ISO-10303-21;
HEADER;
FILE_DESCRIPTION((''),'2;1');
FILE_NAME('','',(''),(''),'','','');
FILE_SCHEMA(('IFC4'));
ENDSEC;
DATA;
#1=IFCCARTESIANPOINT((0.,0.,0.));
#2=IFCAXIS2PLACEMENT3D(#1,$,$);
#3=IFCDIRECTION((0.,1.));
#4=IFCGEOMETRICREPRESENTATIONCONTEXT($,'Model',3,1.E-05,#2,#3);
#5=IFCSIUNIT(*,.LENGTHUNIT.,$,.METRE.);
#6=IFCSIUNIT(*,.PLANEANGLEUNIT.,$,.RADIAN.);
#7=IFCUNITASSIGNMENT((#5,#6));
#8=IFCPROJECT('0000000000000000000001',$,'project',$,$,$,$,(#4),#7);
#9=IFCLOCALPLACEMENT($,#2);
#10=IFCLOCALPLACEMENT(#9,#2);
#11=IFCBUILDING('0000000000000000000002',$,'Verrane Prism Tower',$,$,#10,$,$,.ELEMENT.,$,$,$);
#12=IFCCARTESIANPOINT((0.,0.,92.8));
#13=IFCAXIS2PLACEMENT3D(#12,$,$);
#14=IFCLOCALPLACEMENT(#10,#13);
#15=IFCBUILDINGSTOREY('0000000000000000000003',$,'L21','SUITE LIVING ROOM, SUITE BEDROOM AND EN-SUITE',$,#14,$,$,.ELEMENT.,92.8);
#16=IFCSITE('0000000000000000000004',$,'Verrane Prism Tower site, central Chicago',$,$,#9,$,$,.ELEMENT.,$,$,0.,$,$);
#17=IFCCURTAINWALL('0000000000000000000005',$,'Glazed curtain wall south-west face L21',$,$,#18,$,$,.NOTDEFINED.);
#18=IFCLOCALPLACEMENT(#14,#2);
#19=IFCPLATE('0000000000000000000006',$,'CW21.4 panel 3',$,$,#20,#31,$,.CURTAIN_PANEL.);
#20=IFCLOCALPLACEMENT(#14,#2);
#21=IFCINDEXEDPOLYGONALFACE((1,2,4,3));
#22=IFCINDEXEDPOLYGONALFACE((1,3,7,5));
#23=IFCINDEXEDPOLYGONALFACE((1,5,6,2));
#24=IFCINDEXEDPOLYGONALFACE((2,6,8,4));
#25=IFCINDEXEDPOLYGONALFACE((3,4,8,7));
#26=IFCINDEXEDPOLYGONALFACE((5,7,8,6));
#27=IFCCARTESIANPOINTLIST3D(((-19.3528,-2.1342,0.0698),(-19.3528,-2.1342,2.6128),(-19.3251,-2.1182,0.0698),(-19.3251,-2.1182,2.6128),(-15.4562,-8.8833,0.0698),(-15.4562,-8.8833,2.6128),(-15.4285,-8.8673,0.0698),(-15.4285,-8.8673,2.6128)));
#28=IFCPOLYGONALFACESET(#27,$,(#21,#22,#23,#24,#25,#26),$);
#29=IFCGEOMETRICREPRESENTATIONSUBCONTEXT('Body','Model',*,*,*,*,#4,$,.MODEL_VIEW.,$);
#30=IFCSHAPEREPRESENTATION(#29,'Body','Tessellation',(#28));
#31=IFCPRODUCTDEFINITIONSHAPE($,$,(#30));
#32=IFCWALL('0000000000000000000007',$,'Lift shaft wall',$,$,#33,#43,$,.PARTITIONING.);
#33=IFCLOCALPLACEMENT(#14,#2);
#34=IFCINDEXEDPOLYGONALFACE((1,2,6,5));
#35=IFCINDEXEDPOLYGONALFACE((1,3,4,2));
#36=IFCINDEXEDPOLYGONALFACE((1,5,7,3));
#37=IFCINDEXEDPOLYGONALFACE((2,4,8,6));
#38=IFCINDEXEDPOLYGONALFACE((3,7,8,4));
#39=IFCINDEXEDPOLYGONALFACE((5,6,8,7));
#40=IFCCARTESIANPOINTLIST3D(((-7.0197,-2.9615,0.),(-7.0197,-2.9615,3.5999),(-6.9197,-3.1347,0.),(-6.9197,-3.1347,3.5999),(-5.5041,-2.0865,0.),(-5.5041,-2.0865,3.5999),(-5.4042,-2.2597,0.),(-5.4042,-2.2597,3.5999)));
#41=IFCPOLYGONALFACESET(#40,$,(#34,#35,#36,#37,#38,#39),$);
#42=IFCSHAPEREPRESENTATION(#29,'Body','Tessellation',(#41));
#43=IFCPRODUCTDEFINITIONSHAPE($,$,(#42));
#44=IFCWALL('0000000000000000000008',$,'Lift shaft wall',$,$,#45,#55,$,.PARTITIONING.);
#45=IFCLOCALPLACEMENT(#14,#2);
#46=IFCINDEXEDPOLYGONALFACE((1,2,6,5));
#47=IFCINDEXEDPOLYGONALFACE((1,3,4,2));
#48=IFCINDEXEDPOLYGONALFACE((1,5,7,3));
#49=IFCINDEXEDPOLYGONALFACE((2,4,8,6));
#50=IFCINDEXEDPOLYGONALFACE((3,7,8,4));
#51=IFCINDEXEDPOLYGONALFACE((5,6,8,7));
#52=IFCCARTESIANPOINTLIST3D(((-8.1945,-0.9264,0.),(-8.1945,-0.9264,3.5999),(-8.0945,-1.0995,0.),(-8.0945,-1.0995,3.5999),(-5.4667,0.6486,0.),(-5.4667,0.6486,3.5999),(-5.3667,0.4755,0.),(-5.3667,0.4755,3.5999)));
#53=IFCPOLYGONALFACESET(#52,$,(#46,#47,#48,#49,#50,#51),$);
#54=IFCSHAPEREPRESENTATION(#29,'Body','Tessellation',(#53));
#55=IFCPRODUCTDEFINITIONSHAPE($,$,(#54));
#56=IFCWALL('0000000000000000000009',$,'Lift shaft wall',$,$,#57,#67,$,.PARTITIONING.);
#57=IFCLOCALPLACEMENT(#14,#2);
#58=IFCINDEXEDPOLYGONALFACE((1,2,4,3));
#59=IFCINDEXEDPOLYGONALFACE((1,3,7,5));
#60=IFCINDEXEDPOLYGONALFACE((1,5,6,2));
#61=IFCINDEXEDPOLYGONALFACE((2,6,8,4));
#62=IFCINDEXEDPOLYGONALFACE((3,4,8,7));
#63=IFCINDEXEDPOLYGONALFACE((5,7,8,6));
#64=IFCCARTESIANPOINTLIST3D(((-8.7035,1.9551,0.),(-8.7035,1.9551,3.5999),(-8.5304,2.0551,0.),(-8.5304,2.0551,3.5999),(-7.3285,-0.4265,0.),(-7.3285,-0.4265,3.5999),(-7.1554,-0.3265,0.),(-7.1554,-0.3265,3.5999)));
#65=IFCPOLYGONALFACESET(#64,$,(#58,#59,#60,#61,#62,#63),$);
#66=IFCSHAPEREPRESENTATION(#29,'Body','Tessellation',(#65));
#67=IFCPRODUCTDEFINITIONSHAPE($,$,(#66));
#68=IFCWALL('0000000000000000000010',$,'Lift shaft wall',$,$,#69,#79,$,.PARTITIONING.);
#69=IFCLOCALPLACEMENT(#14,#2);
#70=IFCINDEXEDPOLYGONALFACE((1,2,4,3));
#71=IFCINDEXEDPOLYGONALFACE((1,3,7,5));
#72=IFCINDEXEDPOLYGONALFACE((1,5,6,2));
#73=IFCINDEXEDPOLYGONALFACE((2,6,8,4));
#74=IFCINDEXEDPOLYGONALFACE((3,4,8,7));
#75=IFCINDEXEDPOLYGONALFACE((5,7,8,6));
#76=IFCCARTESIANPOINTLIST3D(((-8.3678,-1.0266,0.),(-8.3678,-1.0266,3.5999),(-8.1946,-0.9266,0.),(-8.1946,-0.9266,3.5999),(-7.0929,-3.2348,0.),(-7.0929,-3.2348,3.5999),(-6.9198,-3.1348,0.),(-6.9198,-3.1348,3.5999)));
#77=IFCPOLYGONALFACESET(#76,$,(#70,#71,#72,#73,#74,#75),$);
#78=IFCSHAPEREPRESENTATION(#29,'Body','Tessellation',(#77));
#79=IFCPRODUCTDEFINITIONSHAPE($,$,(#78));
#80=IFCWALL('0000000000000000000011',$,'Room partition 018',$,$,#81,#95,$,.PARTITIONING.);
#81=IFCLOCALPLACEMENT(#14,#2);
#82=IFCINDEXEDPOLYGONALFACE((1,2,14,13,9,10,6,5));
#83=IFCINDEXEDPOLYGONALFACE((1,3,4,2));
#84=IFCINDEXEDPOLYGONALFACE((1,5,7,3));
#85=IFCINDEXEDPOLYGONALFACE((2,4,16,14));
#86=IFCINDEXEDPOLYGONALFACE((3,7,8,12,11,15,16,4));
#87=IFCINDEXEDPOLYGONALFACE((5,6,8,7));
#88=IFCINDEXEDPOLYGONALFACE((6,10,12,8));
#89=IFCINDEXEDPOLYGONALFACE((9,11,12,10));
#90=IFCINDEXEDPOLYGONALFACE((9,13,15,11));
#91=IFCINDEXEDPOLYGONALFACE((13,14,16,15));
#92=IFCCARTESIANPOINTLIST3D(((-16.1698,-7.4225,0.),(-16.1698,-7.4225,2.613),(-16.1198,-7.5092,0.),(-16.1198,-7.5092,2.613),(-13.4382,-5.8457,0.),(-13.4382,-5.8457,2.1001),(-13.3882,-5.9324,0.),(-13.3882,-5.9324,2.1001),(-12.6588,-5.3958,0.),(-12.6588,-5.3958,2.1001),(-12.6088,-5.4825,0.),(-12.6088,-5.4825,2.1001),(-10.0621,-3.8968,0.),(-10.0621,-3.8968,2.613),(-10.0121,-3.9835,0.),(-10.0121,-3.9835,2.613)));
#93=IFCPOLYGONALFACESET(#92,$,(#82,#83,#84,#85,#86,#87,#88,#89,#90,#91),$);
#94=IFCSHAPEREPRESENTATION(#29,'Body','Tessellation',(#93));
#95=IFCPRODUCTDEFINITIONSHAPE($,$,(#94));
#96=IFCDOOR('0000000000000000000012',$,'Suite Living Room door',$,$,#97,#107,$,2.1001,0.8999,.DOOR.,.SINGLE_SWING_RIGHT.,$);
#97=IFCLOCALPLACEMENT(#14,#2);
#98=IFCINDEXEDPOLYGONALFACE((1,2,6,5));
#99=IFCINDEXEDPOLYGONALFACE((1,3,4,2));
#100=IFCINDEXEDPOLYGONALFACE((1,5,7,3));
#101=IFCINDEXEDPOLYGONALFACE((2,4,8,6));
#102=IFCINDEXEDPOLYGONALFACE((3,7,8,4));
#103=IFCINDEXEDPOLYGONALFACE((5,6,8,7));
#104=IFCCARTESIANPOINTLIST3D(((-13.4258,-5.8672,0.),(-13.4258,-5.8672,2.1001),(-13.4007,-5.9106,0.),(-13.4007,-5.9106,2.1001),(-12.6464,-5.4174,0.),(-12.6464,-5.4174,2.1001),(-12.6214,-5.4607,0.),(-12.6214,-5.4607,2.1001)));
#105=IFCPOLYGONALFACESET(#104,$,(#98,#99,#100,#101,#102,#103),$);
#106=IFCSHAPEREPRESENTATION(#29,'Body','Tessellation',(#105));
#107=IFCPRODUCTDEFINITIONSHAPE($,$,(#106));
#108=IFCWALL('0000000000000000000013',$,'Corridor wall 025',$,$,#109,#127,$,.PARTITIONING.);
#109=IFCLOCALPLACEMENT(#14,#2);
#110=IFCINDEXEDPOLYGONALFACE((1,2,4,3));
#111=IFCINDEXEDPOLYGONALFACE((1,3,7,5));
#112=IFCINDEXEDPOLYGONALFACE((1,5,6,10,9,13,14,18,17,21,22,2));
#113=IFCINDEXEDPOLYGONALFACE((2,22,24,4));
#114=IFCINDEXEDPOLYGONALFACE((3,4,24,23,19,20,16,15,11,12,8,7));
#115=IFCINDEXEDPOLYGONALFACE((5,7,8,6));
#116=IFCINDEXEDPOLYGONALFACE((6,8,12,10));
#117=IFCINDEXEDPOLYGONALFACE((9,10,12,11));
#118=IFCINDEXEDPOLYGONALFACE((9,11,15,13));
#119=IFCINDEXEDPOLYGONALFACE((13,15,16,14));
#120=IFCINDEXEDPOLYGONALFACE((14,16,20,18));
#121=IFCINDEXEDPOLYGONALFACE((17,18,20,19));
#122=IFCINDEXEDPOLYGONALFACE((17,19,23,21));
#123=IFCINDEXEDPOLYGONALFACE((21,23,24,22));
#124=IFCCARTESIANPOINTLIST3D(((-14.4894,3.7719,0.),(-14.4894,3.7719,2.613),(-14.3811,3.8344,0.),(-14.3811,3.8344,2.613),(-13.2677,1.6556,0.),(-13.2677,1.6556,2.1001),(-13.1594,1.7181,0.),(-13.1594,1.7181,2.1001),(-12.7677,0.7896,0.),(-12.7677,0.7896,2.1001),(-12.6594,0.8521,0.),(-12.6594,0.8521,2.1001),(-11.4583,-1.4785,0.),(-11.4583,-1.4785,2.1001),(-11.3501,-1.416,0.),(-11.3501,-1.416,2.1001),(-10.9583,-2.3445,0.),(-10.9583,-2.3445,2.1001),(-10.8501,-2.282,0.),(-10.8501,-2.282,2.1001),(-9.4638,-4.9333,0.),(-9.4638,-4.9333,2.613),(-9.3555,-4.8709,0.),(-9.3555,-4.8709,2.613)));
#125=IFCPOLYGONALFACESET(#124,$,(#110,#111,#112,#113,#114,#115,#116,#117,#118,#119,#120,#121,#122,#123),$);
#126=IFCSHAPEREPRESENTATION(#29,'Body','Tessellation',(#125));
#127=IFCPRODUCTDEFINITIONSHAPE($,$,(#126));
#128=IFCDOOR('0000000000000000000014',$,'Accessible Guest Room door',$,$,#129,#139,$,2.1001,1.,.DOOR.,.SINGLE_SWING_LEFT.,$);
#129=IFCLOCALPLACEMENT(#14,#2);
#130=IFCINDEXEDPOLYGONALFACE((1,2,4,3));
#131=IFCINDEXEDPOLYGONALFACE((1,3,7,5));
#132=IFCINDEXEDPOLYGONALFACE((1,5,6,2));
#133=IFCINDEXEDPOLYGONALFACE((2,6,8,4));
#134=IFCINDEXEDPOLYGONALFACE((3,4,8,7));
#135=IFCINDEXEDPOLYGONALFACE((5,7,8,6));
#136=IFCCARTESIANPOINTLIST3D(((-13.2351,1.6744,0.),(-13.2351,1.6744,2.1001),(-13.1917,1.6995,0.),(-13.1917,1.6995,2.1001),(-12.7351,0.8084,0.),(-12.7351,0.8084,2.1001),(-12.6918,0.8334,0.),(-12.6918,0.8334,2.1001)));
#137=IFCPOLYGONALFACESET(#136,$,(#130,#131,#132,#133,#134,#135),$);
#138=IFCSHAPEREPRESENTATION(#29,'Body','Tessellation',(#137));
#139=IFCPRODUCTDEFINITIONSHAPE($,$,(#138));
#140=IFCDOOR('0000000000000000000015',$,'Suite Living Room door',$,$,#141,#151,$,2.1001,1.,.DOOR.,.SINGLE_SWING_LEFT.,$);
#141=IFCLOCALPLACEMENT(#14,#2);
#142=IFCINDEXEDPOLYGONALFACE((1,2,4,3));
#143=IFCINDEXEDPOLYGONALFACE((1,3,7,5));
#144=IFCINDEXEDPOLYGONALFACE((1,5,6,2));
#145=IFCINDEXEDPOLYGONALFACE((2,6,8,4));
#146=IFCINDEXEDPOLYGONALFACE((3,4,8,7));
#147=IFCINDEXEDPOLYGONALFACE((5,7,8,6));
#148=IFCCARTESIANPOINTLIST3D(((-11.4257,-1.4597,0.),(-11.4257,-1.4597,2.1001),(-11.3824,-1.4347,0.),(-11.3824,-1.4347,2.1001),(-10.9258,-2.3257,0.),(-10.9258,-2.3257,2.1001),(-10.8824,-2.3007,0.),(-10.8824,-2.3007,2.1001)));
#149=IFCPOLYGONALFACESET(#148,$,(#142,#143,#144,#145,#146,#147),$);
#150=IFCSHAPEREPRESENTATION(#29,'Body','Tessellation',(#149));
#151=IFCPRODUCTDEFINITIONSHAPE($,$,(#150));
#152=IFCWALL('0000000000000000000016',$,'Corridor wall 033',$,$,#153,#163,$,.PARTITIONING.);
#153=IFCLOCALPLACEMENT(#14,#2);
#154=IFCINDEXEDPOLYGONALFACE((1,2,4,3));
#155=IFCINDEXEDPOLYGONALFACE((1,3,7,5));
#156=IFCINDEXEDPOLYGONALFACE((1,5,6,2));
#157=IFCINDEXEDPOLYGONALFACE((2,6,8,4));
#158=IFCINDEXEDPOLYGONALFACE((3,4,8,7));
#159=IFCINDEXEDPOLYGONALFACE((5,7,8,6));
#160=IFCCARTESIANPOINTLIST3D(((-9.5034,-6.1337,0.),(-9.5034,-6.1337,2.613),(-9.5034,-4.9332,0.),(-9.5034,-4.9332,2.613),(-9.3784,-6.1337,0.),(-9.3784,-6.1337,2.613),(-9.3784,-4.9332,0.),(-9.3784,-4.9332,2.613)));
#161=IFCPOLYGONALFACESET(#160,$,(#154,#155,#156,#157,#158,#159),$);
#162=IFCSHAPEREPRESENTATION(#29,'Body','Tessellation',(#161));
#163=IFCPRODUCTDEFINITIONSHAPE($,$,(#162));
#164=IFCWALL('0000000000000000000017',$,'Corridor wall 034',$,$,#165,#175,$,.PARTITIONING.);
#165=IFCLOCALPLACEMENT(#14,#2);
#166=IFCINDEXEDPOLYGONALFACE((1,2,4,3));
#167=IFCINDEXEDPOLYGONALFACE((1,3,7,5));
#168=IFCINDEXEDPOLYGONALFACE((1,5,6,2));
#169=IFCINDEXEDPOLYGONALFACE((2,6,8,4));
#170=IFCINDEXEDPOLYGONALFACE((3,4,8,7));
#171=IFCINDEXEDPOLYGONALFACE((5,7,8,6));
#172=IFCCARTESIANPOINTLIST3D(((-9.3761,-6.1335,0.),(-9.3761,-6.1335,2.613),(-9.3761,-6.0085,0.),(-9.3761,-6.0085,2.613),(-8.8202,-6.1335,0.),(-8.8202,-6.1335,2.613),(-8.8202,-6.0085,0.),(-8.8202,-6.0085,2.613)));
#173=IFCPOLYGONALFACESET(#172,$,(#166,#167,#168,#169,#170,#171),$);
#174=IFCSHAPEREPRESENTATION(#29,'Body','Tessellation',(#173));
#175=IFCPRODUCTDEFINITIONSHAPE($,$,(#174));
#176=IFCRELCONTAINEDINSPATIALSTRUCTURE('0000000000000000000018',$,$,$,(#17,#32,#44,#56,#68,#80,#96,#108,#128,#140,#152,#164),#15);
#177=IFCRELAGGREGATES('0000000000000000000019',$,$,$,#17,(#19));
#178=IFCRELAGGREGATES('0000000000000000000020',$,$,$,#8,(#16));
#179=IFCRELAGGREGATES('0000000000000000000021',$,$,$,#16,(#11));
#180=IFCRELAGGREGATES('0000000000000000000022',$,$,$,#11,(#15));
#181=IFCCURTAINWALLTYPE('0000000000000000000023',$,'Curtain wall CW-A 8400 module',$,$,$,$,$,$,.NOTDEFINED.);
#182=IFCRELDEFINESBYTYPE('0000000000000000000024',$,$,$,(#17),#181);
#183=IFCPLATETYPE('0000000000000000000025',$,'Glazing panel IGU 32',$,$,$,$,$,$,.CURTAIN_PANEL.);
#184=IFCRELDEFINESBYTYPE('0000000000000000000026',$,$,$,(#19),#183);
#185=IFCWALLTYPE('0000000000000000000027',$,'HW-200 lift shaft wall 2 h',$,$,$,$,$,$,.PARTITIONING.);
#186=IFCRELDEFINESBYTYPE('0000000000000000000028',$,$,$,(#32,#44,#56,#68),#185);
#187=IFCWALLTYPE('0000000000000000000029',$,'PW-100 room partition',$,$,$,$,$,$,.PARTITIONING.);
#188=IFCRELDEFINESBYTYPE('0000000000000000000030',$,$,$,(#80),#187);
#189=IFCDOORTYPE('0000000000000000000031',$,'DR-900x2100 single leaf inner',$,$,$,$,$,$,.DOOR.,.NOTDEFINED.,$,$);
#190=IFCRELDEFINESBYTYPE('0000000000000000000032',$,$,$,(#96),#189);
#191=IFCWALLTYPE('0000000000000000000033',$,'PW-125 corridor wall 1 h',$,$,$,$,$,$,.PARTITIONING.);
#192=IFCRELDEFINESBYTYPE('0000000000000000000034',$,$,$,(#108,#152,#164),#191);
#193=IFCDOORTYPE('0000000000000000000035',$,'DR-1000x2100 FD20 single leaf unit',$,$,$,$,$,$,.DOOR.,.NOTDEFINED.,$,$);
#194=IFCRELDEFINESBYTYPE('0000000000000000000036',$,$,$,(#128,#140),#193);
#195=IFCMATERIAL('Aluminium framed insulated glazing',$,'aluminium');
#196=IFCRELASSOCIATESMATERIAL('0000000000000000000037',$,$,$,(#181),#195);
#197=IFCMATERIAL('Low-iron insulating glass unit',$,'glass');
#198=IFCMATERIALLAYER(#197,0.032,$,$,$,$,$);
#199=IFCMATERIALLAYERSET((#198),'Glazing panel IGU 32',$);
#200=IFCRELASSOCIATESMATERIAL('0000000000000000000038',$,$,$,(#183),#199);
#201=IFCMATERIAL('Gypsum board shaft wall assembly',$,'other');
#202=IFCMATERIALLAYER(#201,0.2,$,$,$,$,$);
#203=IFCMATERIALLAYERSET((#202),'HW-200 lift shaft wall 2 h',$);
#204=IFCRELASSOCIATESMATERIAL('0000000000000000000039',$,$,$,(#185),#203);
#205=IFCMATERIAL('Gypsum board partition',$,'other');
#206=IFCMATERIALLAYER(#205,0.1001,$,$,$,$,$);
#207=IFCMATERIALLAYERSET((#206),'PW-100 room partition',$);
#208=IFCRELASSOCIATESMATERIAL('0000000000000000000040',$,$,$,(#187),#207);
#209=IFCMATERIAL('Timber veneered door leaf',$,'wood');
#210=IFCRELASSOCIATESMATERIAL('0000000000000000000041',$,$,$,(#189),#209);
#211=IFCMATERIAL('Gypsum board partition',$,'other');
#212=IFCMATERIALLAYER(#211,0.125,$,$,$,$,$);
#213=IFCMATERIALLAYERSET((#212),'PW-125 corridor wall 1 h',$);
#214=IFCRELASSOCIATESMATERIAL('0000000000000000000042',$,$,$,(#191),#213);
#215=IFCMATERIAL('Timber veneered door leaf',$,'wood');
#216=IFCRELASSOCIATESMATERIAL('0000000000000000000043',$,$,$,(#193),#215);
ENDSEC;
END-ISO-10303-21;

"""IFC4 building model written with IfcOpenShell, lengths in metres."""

from ifc_helpers import new_model, si_unit, direction, frame, frame_2d, origin, origin_2d, place, context, subcontext, project, spatial, rectangle, extrude, material, layer, layer_set, type_object, element, fill, aggregate, save


model = new_model("IFC4")

# Units and contexts
model_context = context("Model", 3, precision=1e-05, world=origin(), true_north=direction((0.0, 1.0)))
body_context = subcontext(model_context, "Body", "Model", "MODEL_VIEW")
ifc_project = project(units=[si_unit("LENGTHUNIT", "METRE"), si_unit("PLANEANGLEUNIT", "RADIAN")], contexts=[model_context])

# Site, building, storey
site_placement = place(None, origin())
site = spatial("IfcSite", under=ifc_project, at=site_placement, Name="Verrane Prism Tower site, central Chicago", CompositionType="ELEMENT", RefElevation=0.0)
building_placement = place(site_placement, origin())
building = spatial("IfcBuilding", under=site, at=building_placement, Name="Verrane Prism Tower", CompositionType="ELEMENT")
storey_placement = place(building_placement, frame((0.0, 0.0, 92.8)))
storey = spatial("IfcBuildingStorey", under=building, at=storey_placement, Name="L21", Description="SUITE LIVING ROOM, SUITE BEDROOM AND EN-SUITE", CompositionType="ELEMENT", Elevation=92.8)

# Curtain wall
ifc_material_1 = material(Name="Aluminium framed insulated glazing", Category="aluminium")
curtain_wall_type = type_object("IfcCurtainWallType", Name="Curtain wall CW-A 8400 module", PredefinedType="NOTDEFINED", material=ifc_material_1)
curtain_wall_placement = place(storey_placement, origin())
curtain_wall = element("IfcCurtainWall", 1, at=curtain_wall_placement, inside=storey, type_object=curtain_wall_type, Name="Glazed curtain wall south-west face L21", PredefinedType="NOTDEFINED")

# Plate
ifc_material_2 = material(Name="Low-iron insulating glass unit", Category="glass")
ifc_layer_1 = layer(ifc_material_2, 0.032)
ifc_layer_set_1 = layer_set([ifc_layer_1], Name="Glazing panel IGU 32")
plate_type = type_object("IfcPlateType", Name="Glazing panel IGU 32", PredefinedType="CURTAIN_PANEL", material=ifc_layer_set_1)
plate_placement = place(storey_placement, frame((-17.3906, -5.5007, 0.0698), z_axis=(0.0, 0.0, 1.0), x_axis=(0.5, -0.866026, 0.0)))
plate = element("IfcPlate", 2, at=plate_placement, type_object=plate_type, Name="CW21.4 panel 3", PredefinedType="CURTAIN_PANEL", context=body_context, shape_type="SweptSolid", body=[
    extrude(rectangle(XDim=7.7932, YDim=0.032, at=origin_2d()), origin(), (0.0, 0.0, 1.0), 2.543),
])
aggregate(curtain_wall, [plate])

# Walls
ifc_material_3 = material(Name="Gypsum board shaft wall assembly", Category="other")
ifc_layer_2 = layer(ifc_material_3, 0.2)
ifc_layer_set_2 = layer_set([ifc_layer_2], Name="HW-200 lift shaft wall 2 h")
wall_type_1 = type_object("IfcWallType", Name="HW-200 lift shaft wall 2 h", PredefinedType="PARTITIONING", material=ifc_layer_set_2)
wall_1_placement = place(storey_placement, frame((-6.9697, -3.0481, 0.0), z_axis=(0.0, 0.0, 1.0), x_axis=(0.866037, 0.49998, 0.0)))
element("IfcWall", 3, at=wall_1_placement, inside=storey, type_object=wall_type_1, Name="Lift shaft wall", PredefinedType="PARTITIONING", context=body_context, shape_type="SweptSolid", body=[
    extrude(rectangle(XDim=1.75, YDim=0.2, at=frame_2d((0.875, 0.0))), origin(), (0.0, 0.0, 1.0), 3.5999),
])
wall_2_placement = place(storey_placement, frame((-8.1445, -1.0129, 0.0), z_axis=(0.0, 0.0, 1.0), x_axis=(0.866016, 0.500015, 0.0)))
element("IfcWall", 4, at=wall_2_placement, inside=storey, type_object=wall_type_1, Name="Lift shaft wall", PredefinedType="PARTITIONING", context=body_context, shape_type="SweptSolid", body=[
    extrude(rectangle(XDim=3.1499, YDim=0.2, at=frame_2d((1.575, 0.0))), origin(), (0.0, 0.0, 1.0), 3.5999),
])
wall_3_placement = place(storey_placement, frame((-7.2419, -0.3765, 0.0), z_axis=(0.0, 0.0, 1.0), x_axis=(-0.499997, 0.866027, 0.0)))
element("IfcWall", 5, at=wall_3_placement, inside=storey, type_object=wall_type_1, Name="Lift shaft wall", PredefinedType="PARTITIONING", context=body_context, shape_type="SweptSolid", body=[
    extrude(rectangle(XDim=2.75, YDim=0.2, at=frame_2d((1.375, 0.0))), origin(), (0.0, 0.0, 1.0), 3.5999),
])
wall_4_placement = place(storey_placement, frame((-7.0063, -3.1848, 0.0), z_axis=(0.0, 0.0, 1.0), x_axis=(-0.49999, 0.866031, 0.0)))
element("IfcWall", 6, at=wall_4_placement, inside=storey, type_object=wall_type_1, Name="Lift shaft wall", PredefinedType="PARTITIONING", context=body_context, shape_type="SweptSolid", body=[
    extrude(rectangle(XDim=2.5498, YDim=0.2, at=frame_2d((1.2749, 0.0))), origin(), (0.0, 0.0, 1.0), 3.5999),
])

# Wall, opening, door
ifc_material_4 = material(Name="Gypsum board partition", Category="other")
ifc_layer_3 = layer(ifc_material_4, 0.1001)
ifc_layer_set_3 = layer_set([ifc_layer_3], Name="PW-100 room partition")
wall_type_2 = type_object("IfcWallType", Name="PW-100 room partition", PredefinedType="PARTITIONING", material=ifc_layer_set_3)
wall_5_placement = place(storey_placement, frame((-10.0371, -3.9402, 0.0), z_axis=(0.0, 0.0, 1.0), x_axis=(-0.866064, -0.499933, 0.0)))
wall_5 = element("IfcWall", 7, at=wall_5_placement, inside=storey, type_object=wall_type_2, Name="Room partition 018", PredefinedType="PARTITIONING", context=body_context, shape_type="SweptSolid", body=[
    extrude(rectangle(XDim=7.0522, YDim=0.1001, at=frame_2d((3.5261, 0.0))), origin(), (0.0, 0.0, 1.0), 2.613),
])
opening_1_placement = place(wall_5_placement, frame((2.9983, 0.0, 0.0)))
opening_1 = element("IfcOpeningElement", 8, at=opening_1_placement, cuts=wall_5, PredefinedType="OPENING", context=body_context, shape_type="SweptSolid", body=[
    extrude(rectangle(XDim=0.8999, YDim=2.1001, at=frame_2d((0.45, 1.05))), frame((0.0, 0.0601, 0.0), z_axis=(0.0, -1.0, 0.0), x_axis=(1.0, 0.0, 0.0)), (0.0, 0.0, 1.0), 0.1201),
])
ifc_material_5 = material(Name="Timber veneered door leaf", Category="wood")
door_type_1 = type_object("IfcDoorType", Name="DR-900x2100 single leaf inner", OperationType="NOTDEFINED", PredefinedType="DOOR", material=ifc_material_5)
door_1_placement = place(opening_1_placement, origin())
door_1 = element("IfcDoor", 9, at=door_1_placement, inside=storey, type_object=door_type_1, Name="Suite Living Room door", OperationType="SINGLE_SWING_RIGHT", OverallHeight=2.1001, OverallWidth=0.8999, PredefinedType="DOOR", context=body_context, shape_type="SweptSolid", body=[
    extrude(rectangle(XDim=0.8999, YDim=2.1001, at=frame_2d((0.45, 1.05))), frame((0.0, 0.0249, 0.0), z_axis=(0.0, -1.0, 0.0), x_axis=(1.0, 0.0, 0.0)), (0.0, 0.0, 1.0), 0.05),
])
fill(opening_1, door_1)

# Wall, openings, doors
ifc_material_6 = material(Name="Gypsum board partition", Category="other")
ifc_layer_4 = layer(ifc_material_6, 0.125)
ifc_layer_set_4 = layer_set([ifc_layer_4], Name="PW-125 corridor wall 1 h")
wall_type_3 = type_object("IfcWallType", Name="PW-125 corridor wall 1 h", PredefinedType="PARTITIONING", material=ifc_layer_set_4)
wall_6_placement = place(storey_placement, frame((-9.4097, -4.9021, 0.0), z_axis=(0.0, 0.0, 1.0), x_axis=(-0.499971, 0.866042, 0.0)))
wall_6 = element("IfcWall", 10, at=wall_6_placement, inside=storey, type_object=wall_type_3, Name="Corridor wall 025", PredefinedType="PARTITIONING", context=body_context, shape_type="SweptSolid", body=[
    extrude(rectangle(XDim=10.0518, YDim=0.125, at=frame_2d((5.0259, 0.0))), origin(), (0.0, 0.0, 1.0), 2.613),
])
opening_2_placement = place(wall_6_placement, frame((6.6082, 0.0, 0.0)))
opening_2 = element("IfcOpeningElement", 11, at=opening_2_placement, cuts=wall_6, PredefinedType="OPENING", context=body_context, shape_type="SweptSolid", body=[
    extrude(rectangle(XDim=1.0, YDim=2.1001, at=frame_2d((0.5, 1.05))), frame((0.0, 0.0725, 0.0), z_axis=(0.0, -1.0, 0.0), x_axis=(1.0, 0.0, 0.0)), (0.0, 0.0, 1.0), 0.145),
])
opening_3_placement = place(wall_6_placement, frame((2.9893, 0.0, 0.0)))
opening_3 = element("IfcOpeningElement", 12, at=opening_3_placement, cuts=wall_6, PredefinedType="OPENING", context=body_context, shape_type="SweptSolid", body=[
    extrude(rectangle(XDim=1.0, YDim=2.1001, at=frame_2d((0.5, 1.05))), frame((0.0, 0.0725, 0.0), z_axis=(0.0, -1.0, 0.0), x_axis=(1.0, 0.0, 0.0)), (0.0, 0.0, 1.0), 0.145),
])
ifc_material_7 = material(Name="Timber veneered door leaf", Category="wood")
door_type_2 = type_object("IfcDoorType", Name="DR-1000x2100 FD20 single leaf unit", OperationType="NOTDEFINED", PredefinedType="DOOR", material=ifc_material_7)
door_2_placement = place(opening_2_placement, origin())
door_2 = element("IfcDoor", 13, at=door_2_placement, inside=storey, type_object=door_type_2, Name="Accessible Guest Room door", OperationType="SINGLE_SWING_LEFT", OverallHeight=2.1001, OverallWidth=1.0, PredefinedType="DOOR", context=body_context, shape_type="SweptSolid", body=[
    extrude(rectangle(XDim=1.0, YDim=2.1001, at=frame_2d((0.5, 1.05))), frame((0.0, 0.0249, 0.0), z_axis=(0.0, -1.0, 0.0), x_axis=(1.0, 0.0, 0.0)), (0.0, 0.0, 1.0), 0.05),
])
fill(opening_2, door_2)
door_3_placement = place(opening_3_placement, origin())
door_3 = element("IfcDoor", 14, at=door_3_placement, inside=storey, type_object=door_type_2, Name="Suite Living Room door", OperationType="SINGLE_SWING_LEFT", OverallHeight=2.1001, OverallWidth=1.0, PredefinedType="DOOR", context=body_context, shape_type="SweptSolid", body=[
    extrude(rectangle(XDim=1.0, YDim=2.1001, at=frame_2d((0.5, 1.05))), frame((0.0, 0.0249, 0.0), z_axis=(0.0, -1.0, 0.0), x_axis=(1.0, 0.0, 0.0)), (0.0, 0.0, 1.0), 0.05),
])
fill(opening_3, door_3)

# Walls
wall_7_placement = place(storey_placement, frame((-9.4409, -6.1335, 0.0), z_axis=(0.0, 0.0, 1.0), x_axis=(0.0, 1.0, 0.0)))
element("IfcWall", 15, at=wall_7_placement, inside=storey, type_object=wall_type_3, Name="Corridor wall 033", PredefinedType="PARTITIONING", context=body_context, shape_type="SweptSolid", body=[
    extrude(rectangle(XDim=1.2004, YDim=0.125, at=frame_2d((0.6001, 0.0))), origin(), (0.0, 0.0, 1.0), 2.613),
])
wall_8_placement = place(storey_placement, frame((-9.376, -6.071, 0.0), z_axis=(0.0, 0.0, 1.0), x_axis=(1.0, 0.0, 0.0)))
element("IfcWall", 16, at=wall_8_placement, inside=storey, type_object=wall_type_3, Name="Corridor wall 034", PredefinedType="PARTITIONING", context=body_context, shape_type="SweptSolid", body=[
    extrude(rectangle(XDim=0.5559, YDim=0.125, at=frame_2d((0.2778, 0.0))), origin(), (0.0, 0.0, 1.0), 2.613),
])

save(model, "model.ifc")
